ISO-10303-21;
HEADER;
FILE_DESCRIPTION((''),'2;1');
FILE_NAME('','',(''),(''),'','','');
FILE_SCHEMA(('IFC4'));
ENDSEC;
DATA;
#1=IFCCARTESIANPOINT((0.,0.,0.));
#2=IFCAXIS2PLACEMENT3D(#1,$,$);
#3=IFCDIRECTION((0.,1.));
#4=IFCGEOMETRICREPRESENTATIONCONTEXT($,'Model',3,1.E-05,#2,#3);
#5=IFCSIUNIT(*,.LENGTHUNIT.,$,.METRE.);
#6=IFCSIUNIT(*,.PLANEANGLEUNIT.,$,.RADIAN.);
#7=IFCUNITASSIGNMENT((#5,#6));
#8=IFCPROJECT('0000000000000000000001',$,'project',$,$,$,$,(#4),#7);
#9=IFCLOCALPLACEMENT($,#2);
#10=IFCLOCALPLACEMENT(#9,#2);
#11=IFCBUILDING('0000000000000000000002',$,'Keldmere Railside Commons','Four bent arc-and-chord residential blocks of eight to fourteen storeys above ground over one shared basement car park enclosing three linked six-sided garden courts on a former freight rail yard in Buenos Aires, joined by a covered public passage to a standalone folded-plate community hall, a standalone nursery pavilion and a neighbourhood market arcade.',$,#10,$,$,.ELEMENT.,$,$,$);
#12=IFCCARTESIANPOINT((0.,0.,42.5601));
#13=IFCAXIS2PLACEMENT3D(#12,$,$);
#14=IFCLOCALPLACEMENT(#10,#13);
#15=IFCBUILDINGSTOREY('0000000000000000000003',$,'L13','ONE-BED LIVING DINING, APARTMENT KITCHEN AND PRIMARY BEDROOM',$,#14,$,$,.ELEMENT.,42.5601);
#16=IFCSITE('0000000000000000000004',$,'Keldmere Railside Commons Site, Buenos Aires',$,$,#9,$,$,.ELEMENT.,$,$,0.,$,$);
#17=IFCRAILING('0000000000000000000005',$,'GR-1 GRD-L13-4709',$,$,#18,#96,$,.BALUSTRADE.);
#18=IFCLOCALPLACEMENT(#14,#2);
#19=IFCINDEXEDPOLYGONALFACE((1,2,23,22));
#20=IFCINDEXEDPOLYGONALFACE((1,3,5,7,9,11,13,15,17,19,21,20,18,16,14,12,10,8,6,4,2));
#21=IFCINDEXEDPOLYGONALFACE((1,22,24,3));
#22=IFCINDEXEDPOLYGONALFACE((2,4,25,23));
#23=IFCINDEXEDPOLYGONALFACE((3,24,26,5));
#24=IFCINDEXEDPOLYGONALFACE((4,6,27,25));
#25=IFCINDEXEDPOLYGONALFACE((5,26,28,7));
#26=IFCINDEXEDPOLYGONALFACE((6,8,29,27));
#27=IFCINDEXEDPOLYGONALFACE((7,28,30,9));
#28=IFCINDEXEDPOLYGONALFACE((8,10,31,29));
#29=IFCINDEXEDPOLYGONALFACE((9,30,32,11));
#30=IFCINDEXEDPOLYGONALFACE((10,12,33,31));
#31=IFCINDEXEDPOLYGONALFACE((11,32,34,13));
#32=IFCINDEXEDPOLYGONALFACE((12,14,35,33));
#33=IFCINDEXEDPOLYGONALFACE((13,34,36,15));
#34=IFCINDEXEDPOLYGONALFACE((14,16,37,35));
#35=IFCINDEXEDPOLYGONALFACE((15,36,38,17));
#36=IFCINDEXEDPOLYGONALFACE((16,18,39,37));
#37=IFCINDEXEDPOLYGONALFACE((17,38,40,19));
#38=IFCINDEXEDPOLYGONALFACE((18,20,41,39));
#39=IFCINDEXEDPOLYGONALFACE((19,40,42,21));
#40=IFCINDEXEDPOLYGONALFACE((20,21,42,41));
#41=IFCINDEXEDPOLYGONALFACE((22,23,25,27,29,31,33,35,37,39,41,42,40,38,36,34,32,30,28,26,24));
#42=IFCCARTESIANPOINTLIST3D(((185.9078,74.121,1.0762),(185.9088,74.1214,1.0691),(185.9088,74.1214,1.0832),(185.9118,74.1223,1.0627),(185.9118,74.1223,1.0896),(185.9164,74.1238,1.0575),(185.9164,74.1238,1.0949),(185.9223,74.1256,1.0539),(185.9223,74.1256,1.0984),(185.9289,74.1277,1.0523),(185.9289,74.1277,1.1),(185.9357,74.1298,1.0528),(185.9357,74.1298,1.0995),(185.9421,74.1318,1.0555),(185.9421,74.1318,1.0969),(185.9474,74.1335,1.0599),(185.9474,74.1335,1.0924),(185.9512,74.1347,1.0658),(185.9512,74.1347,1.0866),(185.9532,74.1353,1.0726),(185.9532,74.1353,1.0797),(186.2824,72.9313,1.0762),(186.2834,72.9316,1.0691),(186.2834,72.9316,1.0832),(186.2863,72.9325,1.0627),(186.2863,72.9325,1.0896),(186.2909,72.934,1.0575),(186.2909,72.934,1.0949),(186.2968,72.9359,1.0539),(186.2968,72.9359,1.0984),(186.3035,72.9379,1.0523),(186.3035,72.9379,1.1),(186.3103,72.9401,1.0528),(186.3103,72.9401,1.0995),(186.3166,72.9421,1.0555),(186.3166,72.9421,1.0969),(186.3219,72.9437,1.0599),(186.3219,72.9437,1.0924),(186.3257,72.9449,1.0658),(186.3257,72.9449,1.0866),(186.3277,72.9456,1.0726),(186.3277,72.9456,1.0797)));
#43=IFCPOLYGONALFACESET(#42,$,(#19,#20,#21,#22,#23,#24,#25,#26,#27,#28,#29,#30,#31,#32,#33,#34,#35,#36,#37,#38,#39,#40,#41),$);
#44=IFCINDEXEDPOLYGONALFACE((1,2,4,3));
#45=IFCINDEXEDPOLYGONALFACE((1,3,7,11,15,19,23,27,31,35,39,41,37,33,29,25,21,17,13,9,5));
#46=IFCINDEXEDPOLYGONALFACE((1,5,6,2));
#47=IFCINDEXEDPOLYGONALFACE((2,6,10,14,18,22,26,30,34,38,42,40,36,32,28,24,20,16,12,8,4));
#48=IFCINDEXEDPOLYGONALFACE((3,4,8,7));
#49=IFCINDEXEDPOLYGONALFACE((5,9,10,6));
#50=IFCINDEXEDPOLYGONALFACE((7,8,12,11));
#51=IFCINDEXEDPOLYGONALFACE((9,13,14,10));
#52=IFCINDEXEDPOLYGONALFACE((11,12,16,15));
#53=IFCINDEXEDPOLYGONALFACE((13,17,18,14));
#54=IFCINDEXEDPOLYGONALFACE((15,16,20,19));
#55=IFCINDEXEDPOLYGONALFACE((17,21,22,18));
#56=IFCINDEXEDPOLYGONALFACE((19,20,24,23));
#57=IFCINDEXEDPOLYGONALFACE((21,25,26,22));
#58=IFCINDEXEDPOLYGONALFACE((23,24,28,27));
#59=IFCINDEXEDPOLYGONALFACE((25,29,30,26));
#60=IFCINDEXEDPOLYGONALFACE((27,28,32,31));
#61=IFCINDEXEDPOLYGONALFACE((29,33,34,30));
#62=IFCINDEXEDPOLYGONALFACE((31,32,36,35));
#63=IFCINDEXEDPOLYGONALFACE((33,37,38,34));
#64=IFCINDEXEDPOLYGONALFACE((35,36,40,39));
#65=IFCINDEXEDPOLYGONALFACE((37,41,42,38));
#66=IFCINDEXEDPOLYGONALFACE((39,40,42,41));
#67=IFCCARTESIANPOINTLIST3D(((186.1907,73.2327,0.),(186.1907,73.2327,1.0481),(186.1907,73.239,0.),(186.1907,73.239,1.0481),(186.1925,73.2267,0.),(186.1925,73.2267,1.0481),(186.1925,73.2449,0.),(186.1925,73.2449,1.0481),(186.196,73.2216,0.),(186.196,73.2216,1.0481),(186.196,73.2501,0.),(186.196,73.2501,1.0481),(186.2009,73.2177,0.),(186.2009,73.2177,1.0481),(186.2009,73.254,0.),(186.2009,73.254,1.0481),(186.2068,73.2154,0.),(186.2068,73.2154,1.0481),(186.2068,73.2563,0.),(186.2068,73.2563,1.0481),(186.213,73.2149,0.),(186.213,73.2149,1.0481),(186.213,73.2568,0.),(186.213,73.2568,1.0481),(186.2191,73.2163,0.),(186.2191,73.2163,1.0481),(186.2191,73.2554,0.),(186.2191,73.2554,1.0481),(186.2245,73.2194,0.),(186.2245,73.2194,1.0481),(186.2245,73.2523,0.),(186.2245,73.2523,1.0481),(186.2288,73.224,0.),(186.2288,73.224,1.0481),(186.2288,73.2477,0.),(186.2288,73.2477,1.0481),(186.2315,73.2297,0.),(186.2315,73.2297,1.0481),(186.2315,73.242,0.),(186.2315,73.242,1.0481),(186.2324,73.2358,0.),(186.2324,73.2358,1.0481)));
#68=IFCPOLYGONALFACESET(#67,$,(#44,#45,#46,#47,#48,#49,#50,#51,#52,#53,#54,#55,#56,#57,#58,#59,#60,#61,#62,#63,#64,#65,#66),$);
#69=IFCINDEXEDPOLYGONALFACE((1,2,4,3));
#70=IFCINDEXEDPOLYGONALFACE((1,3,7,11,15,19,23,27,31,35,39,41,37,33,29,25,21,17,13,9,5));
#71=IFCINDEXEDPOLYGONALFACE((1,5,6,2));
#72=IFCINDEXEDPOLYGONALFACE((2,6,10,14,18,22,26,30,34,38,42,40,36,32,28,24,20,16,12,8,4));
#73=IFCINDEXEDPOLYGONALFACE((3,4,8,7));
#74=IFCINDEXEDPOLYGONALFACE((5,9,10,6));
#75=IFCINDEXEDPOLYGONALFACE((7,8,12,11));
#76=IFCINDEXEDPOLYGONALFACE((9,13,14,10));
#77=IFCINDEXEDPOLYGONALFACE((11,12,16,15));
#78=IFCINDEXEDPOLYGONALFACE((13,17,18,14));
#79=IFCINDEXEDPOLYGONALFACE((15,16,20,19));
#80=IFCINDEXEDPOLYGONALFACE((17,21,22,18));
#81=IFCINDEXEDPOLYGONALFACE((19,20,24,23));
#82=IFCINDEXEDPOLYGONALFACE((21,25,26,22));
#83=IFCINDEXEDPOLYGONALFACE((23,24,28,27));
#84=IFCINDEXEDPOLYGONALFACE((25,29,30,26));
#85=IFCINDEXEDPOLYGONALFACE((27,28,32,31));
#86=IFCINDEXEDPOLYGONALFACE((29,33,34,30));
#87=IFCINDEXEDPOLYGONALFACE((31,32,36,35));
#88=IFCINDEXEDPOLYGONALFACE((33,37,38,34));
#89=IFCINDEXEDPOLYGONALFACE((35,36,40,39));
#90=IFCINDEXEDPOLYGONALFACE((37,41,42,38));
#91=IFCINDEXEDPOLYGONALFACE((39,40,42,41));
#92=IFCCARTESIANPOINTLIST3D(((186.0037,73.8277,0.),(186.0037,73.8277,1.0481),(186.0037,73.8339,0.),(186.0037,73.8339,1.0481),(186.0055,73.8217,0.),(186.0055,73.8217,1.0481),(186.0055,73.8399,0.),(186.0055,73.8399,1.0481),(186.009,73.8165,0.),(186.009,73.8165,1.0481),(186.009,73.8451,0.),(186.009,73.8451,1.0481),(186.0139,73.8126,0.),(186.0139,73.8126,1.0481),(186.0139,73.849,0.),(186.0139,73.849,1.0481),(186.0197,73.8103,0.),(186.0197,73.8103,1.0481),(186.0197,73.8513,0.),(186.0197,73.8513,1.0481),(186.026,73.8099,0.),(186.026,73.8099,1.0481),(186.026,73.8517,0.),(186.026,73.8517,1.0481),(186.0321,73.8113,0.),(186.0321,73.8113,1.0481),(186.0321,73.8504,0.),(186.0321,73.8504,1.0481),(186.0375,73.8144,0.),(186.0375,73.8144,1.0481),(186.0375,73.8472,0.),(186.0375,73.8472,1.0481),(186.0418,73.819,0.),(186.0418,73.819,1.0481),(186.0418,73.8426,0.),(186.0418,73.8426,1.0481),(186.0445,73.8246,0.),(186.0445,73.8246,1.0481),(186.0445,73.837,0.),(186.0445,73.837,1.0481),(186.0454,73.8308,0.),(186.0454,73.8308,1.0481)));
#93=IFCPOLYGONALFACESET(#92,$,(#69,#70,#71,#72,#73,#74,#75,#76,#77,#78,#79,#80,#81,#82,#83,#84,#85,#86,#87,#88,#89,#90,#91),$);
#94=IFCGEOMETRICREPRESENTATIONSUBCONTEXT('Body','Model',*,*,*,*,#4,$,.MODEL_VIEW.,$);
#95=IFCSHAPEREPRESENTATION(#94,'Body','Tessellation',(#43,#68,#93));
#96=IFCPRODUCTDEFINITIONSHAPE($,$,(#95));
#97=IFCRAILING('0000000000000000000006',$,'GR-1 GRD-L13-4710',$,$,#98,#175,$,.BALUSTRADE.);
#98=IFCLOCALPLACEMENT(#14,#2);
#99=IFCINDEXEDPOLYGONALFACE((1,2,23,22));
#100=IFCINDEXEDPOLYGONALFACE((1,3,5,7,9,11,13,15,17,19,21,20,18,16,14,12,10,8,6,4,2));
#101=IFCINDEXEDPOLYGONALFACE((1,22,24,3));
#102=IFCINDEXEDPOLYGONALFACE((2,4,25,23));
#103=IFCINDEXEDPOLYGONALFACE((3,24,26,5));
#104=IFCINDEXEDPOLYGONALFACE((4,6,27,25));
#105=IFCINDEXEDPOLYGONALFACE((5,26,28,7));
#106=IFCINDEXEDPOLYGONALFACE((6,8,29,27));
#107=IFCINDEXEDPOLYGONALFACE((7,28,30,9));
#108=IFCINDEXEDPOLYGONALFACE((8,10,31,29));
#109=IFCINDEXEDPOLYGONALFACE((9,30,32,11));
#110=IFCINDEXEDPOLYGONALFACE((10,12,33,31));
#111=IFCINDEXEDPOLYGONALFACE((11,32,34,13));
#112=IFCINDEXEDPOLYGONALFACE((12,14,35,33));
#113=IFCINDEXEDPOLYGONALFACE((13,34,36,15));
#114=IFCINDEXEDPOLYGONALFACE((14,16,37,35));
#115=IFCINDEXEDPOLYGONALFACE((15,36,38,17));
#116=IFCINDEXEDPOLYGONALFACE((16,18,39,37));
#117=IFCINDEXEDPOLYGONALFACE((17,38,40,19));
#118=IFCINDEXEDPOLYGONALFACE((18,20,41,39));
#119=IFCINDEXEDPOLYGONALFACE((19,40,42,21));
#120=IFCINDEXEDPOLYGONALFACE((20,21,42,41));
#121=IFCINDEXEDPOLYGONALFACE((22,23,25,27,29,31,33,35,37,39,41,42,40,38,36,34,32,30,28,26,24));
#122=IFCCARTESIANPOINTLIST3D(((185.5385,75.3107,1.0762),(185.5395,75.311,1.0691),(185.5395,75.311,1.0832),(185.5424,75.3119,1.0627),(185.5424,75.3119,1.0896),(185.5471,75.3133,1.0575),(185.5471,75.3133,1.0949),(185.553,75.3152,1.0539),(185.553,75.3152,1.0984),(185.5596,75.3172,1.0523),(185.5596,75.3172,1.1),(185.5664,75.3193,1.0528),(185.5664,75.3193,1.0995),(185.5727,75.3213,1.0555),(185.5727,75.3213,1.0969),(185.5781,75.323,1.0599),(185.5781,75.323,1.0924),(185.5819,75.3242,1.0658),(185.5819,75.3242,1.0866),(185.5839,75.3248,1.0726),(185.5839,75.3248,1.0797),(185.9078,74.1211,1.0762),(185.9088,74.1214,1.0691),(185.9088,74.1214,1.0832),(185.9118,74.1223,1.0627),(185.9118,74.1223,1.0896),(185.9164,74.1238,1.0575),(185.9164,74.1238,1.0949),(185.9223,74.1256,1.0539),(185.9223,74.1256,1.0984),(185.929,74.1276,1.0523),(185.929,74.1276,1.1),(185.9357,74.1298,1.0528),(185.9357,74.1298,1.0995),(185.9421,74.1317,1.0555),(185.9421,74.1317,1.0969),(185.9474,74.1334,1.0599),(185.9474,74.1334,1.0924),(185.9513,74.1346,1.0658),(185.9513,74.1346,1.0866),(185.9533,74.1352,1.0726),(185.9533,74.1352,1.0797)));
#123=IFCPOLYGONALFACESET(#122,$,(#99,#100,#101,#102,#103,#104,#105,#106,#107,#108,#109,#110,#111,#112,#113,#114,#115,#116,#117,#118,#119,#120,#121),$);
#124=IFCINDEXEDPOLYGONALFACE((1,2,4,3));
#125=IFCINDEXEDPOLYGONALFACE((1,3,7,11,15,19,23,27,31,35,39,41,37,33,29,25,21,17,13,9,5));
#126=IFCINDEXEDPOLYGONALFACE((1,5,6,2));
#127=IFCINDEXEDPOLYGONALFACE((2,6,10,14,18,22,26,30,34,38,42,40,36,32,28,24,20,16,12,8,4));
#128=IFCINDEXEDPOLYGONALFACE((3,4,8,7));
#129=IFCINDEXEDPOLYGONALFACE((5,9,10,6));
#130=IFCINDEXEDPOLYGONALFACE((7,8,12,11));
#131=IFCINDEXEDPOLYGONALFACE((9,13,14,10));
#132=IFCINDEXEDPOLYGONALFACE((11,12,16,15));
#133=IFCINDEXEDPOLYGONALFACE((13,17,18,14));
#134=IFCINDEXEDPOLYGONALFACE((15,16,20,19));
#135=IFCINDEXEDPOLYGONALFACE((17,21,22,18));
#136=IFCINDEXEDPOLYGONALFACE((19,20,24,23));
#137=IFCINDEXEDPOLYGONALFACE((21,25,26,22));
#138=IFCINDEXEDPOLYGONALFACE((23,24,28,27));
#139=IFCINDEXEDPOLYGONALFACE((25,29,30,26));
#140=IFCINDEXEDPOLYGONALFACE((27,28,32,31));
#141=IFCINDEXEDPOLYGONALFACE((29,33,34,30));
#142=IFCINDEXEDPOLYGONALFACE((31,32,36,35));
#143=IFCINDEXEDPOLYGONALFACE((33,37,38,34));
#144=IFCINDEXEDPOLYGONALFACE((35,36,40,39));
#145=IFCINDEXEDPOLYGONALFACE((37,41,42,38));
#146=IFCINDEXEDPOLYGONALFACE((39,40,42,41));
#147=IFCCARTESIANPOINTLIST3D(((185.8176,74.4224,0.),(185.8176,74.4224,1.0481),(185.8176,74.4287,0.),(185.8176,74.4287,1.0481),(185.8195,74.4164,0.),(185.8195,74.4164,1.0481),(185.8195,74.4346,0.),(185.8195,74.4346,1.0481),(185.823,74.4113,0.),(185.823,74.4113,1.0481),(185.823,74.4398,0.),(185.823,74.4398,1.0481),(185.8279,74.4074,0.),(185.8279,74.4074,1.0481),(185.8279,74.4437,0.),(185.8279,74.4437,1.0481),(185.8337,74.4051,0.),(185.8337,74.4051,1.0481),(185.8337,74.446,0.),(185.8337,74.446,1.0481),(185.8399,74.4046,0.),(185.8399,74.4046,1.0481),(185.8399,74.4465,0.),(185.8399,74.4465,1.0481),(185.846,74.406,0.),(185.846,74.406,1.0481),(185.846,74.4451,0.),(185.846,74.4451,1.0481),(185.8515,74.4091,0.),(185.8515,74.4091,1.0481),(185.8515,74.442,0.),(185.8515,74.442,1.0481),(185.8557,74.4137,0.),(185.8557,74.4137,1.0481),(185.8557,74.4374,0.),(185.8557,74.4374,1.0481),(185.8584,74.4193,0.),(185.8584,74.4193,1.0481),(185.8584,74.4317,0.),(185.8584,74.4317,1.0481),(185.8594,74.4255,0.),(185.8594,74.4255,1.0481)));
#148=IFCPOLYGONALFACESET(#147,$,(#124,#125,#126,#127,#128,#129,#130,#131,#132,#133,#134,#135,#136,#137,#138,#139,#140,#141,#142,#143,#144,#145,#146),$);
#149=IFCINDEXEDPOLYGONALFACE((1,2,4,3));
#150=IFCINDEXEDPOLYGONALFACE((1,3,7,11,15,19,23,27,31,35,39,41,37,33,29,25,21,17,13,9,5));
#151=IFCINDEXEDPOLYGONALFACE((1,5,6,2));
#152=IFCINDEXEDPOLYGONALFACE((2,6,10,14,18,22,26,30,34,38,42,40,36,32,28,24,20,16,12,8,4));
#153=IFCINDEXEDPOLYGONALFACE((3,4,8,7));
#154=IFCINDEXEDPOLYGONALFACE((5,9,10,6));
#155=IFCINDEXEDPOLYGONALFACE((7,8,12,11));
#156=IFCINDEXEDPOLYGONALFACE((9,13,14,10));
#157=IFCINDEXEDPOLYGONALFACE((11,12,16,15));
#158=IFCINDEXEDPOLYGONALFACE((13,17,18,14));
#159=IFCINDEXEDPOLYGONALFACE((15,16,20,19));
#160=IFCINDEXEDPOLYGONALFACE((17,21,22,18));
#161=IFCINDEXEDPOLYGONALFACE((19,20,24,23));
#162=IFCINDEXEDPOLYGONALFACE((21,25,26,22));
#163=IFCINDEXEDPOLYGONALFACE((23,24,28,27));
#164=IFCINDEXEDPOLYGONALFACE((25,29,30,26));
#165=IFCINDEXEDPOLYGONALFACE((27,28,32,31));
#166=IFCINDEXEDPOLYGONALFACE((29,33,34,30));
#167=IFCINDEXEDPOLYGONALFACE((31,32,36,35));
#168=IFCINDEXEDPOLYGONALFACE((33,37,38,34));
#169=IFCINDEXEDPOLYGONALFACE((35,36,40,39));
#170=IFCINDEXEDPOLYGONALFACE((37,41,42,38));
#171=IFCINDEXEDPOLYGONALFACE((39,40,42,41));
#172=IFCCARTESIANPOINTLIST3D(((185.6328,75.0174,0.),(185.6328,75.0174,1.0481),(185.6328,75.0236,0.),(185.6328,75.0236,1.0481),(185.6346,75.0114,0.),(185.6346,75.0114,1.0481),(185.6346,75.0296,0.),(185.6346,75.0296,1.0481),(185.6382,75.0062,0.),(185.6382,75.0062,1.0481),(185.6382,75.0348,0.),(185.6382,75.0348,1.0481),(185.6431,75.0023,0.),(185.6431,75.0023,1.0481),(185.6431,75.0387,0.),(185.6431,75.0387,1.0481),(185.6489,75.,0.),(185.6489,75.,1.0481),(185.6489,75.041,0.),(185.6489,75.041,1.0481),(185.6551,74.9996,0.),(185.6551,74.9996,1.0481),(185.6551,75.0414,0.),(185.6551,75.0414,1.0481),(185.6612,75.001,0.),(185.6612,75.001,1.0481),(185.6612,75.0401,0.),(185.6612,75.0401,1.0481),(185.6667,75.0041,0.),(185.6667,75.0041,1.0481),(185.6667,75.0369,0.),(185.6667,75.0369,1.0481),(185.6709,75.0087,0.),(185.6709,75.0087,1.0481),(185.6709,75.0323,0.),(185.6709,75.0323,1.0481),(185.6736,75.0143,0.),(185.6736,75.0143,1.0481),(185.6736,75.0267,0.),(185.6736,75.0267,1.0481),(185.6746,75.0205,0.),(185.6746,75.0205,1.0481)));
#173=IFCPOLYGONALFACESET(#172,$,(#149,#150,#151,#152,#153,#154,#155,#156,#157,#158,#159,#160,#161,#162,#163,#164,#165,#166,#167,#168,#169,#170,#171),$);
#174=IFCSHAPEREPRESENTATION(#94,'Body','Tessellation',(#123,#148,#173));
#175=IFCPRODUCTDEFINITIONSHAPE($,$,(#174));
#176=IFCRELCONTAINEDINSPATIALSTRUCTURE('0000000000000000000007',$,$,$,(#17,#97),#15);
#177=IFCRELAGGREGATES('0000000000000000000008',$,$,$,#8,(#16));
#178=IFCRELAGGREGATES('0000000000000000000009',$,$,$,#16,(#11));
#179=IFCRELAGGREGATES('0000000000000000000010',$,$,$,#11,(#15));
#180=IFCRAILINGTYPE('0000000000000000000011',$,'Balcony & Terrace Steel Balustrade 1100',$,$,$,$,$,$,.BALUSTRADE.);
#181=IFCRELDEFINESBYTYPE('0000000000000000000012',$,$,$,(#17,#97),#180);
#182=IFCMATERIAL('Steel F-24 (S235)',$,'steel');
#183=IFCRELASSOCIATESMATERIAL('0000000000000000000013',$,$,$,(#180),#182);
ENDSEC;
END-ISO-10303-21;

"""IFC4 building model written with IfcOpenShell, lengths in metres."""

from ifc_helpers import new_model, si_unit, direction, frame, origin, origin_2d, place, context, subcontext, project, spatial, circle, extrude, material, type_object, element, save


model = new_model("IFC4")

# Units and contexts
model_context = context("Model", 3, precision=1e-05, world=origin(), true_north=direction((0.0, 1.0)))
body_context = subcontext(model_context, "Body", "Model", "MODEL_VIEW")
ifc_project = project(units=[si_unit("LENGTHUNIT", "METRE"), si_unit("PLANEANGLEUNIT", "RADIAN")], contexts=[model_context])

# Site, building, storey
site_placement = place(None, origin())
site = spatial("IfcSite", under=ifc_project, at=site_placement, Name="Keldmere Railside Commons Site, Buenos Aires", CompositionType="ELEMENT", RefElevation=0.0)
building_placement = place(site_placement, origin())
building = spatial("IfcBuilding", under=site, at=building_placement, Name="Keldmere Railside Commons", Description="Four bent arc-and-chord residential blocks of eight to fourteen storeys above ground over one shared basement car park enclosing three linked six-sided garden courts on a former freight rail yard in Buenos Aires, joined by a covered public passage to a standalone folded-plate community hall, a standalone nursery pavilion and a neighbourhood market arcade.", CompositionType="ELEMENT")
storey_placement = place(building_placement, frame((0.0, 0.0, 42.5601)))
storey = spatial("IfcBuildingStorey", under=building, at=storey_placement, Name="L13", Description="ONE-BED LIVING DINING, APARTMENT KITCHEN AND PRIMARY BEDROOM", CompositionType="ELEMENT", Elevation=42.5601)

# Shared definitions
ifc_material_1 = material(Name="Steel F-24 (S235)", Category="steel")

# Railings
railing_type_1 = type_object("IfcRailingType", Name="Balcony & Terrace Steel Balustrade 1100", PredefinedType="BALUSTRADE", material=ifc_material_1)
railing_1_placement = place(storey_placement, frame((186.3052, 72.9385, 0.0)))
element("IfcRailing", 1, at=railing_1_placement, inside=storey, type_object=railing_type_1, Name="GR-1 GRD-L13-4709", PredefinedType="BALUSTRADE", context=body_context, shape_type="SweptSolid", body=[
    extrude(circle(Radius=0.0239, at=origin_2d()), frame((0.0, 0.0, 1.0762), z_axis=(-0.300269, 0.953854, 0.0), x_axis=(-0.953854, -0.300269, 0.0)), (0.0, 0.0, 1.0), 1.2473),
    extrude(circle(Radius=0.021, at=origin_2d()), frame((-0.0938, 0.2974, 0.0)), (0.0, 0.0, 1.0), 1.0481),
    extrude(circle(Radius=0.021, at=origin_2d()), frame((-0.2808, 0.8923, 0.0)), (0.0, 0.0, 1.0), 1.0481),
])
railing_2_placement = place(storey_placement, frame((185.9307, 74.1282, 0.0)))
element("IfcRailing", 2, at=railing_2_placement, inside=storey, type_object=railing_type_1, Name="GR-1 GRD-L13-4710", PredefinedType="BALUSTRADE", context=body_context, shape_type="SweptSolid", body=[
    extrude(circle(Radius=0.0239, at=origin_2d()), frame((0.0, 0.0, 1.0762), z_axis=(-0.296522, 0.955026, 0.0), x_axis=(-0.955026, -0.296522, 0.0)), (0.0, 0.0, 1.0), 1.2456),
    extrude(circle(Radius=0.021, at=origin_2d()), frame((-0.0923, 0.2974, 0.0)), (0.0, 0.0, 1.0), 1.0481),
    extrude(circle(Radius=0.021, at=origin_2d()), frame((-0.2771, 0.8923, 0.0)), (0.0, 0.0, 1.0), 1.0481),
])

save(model, "model.ifc")
